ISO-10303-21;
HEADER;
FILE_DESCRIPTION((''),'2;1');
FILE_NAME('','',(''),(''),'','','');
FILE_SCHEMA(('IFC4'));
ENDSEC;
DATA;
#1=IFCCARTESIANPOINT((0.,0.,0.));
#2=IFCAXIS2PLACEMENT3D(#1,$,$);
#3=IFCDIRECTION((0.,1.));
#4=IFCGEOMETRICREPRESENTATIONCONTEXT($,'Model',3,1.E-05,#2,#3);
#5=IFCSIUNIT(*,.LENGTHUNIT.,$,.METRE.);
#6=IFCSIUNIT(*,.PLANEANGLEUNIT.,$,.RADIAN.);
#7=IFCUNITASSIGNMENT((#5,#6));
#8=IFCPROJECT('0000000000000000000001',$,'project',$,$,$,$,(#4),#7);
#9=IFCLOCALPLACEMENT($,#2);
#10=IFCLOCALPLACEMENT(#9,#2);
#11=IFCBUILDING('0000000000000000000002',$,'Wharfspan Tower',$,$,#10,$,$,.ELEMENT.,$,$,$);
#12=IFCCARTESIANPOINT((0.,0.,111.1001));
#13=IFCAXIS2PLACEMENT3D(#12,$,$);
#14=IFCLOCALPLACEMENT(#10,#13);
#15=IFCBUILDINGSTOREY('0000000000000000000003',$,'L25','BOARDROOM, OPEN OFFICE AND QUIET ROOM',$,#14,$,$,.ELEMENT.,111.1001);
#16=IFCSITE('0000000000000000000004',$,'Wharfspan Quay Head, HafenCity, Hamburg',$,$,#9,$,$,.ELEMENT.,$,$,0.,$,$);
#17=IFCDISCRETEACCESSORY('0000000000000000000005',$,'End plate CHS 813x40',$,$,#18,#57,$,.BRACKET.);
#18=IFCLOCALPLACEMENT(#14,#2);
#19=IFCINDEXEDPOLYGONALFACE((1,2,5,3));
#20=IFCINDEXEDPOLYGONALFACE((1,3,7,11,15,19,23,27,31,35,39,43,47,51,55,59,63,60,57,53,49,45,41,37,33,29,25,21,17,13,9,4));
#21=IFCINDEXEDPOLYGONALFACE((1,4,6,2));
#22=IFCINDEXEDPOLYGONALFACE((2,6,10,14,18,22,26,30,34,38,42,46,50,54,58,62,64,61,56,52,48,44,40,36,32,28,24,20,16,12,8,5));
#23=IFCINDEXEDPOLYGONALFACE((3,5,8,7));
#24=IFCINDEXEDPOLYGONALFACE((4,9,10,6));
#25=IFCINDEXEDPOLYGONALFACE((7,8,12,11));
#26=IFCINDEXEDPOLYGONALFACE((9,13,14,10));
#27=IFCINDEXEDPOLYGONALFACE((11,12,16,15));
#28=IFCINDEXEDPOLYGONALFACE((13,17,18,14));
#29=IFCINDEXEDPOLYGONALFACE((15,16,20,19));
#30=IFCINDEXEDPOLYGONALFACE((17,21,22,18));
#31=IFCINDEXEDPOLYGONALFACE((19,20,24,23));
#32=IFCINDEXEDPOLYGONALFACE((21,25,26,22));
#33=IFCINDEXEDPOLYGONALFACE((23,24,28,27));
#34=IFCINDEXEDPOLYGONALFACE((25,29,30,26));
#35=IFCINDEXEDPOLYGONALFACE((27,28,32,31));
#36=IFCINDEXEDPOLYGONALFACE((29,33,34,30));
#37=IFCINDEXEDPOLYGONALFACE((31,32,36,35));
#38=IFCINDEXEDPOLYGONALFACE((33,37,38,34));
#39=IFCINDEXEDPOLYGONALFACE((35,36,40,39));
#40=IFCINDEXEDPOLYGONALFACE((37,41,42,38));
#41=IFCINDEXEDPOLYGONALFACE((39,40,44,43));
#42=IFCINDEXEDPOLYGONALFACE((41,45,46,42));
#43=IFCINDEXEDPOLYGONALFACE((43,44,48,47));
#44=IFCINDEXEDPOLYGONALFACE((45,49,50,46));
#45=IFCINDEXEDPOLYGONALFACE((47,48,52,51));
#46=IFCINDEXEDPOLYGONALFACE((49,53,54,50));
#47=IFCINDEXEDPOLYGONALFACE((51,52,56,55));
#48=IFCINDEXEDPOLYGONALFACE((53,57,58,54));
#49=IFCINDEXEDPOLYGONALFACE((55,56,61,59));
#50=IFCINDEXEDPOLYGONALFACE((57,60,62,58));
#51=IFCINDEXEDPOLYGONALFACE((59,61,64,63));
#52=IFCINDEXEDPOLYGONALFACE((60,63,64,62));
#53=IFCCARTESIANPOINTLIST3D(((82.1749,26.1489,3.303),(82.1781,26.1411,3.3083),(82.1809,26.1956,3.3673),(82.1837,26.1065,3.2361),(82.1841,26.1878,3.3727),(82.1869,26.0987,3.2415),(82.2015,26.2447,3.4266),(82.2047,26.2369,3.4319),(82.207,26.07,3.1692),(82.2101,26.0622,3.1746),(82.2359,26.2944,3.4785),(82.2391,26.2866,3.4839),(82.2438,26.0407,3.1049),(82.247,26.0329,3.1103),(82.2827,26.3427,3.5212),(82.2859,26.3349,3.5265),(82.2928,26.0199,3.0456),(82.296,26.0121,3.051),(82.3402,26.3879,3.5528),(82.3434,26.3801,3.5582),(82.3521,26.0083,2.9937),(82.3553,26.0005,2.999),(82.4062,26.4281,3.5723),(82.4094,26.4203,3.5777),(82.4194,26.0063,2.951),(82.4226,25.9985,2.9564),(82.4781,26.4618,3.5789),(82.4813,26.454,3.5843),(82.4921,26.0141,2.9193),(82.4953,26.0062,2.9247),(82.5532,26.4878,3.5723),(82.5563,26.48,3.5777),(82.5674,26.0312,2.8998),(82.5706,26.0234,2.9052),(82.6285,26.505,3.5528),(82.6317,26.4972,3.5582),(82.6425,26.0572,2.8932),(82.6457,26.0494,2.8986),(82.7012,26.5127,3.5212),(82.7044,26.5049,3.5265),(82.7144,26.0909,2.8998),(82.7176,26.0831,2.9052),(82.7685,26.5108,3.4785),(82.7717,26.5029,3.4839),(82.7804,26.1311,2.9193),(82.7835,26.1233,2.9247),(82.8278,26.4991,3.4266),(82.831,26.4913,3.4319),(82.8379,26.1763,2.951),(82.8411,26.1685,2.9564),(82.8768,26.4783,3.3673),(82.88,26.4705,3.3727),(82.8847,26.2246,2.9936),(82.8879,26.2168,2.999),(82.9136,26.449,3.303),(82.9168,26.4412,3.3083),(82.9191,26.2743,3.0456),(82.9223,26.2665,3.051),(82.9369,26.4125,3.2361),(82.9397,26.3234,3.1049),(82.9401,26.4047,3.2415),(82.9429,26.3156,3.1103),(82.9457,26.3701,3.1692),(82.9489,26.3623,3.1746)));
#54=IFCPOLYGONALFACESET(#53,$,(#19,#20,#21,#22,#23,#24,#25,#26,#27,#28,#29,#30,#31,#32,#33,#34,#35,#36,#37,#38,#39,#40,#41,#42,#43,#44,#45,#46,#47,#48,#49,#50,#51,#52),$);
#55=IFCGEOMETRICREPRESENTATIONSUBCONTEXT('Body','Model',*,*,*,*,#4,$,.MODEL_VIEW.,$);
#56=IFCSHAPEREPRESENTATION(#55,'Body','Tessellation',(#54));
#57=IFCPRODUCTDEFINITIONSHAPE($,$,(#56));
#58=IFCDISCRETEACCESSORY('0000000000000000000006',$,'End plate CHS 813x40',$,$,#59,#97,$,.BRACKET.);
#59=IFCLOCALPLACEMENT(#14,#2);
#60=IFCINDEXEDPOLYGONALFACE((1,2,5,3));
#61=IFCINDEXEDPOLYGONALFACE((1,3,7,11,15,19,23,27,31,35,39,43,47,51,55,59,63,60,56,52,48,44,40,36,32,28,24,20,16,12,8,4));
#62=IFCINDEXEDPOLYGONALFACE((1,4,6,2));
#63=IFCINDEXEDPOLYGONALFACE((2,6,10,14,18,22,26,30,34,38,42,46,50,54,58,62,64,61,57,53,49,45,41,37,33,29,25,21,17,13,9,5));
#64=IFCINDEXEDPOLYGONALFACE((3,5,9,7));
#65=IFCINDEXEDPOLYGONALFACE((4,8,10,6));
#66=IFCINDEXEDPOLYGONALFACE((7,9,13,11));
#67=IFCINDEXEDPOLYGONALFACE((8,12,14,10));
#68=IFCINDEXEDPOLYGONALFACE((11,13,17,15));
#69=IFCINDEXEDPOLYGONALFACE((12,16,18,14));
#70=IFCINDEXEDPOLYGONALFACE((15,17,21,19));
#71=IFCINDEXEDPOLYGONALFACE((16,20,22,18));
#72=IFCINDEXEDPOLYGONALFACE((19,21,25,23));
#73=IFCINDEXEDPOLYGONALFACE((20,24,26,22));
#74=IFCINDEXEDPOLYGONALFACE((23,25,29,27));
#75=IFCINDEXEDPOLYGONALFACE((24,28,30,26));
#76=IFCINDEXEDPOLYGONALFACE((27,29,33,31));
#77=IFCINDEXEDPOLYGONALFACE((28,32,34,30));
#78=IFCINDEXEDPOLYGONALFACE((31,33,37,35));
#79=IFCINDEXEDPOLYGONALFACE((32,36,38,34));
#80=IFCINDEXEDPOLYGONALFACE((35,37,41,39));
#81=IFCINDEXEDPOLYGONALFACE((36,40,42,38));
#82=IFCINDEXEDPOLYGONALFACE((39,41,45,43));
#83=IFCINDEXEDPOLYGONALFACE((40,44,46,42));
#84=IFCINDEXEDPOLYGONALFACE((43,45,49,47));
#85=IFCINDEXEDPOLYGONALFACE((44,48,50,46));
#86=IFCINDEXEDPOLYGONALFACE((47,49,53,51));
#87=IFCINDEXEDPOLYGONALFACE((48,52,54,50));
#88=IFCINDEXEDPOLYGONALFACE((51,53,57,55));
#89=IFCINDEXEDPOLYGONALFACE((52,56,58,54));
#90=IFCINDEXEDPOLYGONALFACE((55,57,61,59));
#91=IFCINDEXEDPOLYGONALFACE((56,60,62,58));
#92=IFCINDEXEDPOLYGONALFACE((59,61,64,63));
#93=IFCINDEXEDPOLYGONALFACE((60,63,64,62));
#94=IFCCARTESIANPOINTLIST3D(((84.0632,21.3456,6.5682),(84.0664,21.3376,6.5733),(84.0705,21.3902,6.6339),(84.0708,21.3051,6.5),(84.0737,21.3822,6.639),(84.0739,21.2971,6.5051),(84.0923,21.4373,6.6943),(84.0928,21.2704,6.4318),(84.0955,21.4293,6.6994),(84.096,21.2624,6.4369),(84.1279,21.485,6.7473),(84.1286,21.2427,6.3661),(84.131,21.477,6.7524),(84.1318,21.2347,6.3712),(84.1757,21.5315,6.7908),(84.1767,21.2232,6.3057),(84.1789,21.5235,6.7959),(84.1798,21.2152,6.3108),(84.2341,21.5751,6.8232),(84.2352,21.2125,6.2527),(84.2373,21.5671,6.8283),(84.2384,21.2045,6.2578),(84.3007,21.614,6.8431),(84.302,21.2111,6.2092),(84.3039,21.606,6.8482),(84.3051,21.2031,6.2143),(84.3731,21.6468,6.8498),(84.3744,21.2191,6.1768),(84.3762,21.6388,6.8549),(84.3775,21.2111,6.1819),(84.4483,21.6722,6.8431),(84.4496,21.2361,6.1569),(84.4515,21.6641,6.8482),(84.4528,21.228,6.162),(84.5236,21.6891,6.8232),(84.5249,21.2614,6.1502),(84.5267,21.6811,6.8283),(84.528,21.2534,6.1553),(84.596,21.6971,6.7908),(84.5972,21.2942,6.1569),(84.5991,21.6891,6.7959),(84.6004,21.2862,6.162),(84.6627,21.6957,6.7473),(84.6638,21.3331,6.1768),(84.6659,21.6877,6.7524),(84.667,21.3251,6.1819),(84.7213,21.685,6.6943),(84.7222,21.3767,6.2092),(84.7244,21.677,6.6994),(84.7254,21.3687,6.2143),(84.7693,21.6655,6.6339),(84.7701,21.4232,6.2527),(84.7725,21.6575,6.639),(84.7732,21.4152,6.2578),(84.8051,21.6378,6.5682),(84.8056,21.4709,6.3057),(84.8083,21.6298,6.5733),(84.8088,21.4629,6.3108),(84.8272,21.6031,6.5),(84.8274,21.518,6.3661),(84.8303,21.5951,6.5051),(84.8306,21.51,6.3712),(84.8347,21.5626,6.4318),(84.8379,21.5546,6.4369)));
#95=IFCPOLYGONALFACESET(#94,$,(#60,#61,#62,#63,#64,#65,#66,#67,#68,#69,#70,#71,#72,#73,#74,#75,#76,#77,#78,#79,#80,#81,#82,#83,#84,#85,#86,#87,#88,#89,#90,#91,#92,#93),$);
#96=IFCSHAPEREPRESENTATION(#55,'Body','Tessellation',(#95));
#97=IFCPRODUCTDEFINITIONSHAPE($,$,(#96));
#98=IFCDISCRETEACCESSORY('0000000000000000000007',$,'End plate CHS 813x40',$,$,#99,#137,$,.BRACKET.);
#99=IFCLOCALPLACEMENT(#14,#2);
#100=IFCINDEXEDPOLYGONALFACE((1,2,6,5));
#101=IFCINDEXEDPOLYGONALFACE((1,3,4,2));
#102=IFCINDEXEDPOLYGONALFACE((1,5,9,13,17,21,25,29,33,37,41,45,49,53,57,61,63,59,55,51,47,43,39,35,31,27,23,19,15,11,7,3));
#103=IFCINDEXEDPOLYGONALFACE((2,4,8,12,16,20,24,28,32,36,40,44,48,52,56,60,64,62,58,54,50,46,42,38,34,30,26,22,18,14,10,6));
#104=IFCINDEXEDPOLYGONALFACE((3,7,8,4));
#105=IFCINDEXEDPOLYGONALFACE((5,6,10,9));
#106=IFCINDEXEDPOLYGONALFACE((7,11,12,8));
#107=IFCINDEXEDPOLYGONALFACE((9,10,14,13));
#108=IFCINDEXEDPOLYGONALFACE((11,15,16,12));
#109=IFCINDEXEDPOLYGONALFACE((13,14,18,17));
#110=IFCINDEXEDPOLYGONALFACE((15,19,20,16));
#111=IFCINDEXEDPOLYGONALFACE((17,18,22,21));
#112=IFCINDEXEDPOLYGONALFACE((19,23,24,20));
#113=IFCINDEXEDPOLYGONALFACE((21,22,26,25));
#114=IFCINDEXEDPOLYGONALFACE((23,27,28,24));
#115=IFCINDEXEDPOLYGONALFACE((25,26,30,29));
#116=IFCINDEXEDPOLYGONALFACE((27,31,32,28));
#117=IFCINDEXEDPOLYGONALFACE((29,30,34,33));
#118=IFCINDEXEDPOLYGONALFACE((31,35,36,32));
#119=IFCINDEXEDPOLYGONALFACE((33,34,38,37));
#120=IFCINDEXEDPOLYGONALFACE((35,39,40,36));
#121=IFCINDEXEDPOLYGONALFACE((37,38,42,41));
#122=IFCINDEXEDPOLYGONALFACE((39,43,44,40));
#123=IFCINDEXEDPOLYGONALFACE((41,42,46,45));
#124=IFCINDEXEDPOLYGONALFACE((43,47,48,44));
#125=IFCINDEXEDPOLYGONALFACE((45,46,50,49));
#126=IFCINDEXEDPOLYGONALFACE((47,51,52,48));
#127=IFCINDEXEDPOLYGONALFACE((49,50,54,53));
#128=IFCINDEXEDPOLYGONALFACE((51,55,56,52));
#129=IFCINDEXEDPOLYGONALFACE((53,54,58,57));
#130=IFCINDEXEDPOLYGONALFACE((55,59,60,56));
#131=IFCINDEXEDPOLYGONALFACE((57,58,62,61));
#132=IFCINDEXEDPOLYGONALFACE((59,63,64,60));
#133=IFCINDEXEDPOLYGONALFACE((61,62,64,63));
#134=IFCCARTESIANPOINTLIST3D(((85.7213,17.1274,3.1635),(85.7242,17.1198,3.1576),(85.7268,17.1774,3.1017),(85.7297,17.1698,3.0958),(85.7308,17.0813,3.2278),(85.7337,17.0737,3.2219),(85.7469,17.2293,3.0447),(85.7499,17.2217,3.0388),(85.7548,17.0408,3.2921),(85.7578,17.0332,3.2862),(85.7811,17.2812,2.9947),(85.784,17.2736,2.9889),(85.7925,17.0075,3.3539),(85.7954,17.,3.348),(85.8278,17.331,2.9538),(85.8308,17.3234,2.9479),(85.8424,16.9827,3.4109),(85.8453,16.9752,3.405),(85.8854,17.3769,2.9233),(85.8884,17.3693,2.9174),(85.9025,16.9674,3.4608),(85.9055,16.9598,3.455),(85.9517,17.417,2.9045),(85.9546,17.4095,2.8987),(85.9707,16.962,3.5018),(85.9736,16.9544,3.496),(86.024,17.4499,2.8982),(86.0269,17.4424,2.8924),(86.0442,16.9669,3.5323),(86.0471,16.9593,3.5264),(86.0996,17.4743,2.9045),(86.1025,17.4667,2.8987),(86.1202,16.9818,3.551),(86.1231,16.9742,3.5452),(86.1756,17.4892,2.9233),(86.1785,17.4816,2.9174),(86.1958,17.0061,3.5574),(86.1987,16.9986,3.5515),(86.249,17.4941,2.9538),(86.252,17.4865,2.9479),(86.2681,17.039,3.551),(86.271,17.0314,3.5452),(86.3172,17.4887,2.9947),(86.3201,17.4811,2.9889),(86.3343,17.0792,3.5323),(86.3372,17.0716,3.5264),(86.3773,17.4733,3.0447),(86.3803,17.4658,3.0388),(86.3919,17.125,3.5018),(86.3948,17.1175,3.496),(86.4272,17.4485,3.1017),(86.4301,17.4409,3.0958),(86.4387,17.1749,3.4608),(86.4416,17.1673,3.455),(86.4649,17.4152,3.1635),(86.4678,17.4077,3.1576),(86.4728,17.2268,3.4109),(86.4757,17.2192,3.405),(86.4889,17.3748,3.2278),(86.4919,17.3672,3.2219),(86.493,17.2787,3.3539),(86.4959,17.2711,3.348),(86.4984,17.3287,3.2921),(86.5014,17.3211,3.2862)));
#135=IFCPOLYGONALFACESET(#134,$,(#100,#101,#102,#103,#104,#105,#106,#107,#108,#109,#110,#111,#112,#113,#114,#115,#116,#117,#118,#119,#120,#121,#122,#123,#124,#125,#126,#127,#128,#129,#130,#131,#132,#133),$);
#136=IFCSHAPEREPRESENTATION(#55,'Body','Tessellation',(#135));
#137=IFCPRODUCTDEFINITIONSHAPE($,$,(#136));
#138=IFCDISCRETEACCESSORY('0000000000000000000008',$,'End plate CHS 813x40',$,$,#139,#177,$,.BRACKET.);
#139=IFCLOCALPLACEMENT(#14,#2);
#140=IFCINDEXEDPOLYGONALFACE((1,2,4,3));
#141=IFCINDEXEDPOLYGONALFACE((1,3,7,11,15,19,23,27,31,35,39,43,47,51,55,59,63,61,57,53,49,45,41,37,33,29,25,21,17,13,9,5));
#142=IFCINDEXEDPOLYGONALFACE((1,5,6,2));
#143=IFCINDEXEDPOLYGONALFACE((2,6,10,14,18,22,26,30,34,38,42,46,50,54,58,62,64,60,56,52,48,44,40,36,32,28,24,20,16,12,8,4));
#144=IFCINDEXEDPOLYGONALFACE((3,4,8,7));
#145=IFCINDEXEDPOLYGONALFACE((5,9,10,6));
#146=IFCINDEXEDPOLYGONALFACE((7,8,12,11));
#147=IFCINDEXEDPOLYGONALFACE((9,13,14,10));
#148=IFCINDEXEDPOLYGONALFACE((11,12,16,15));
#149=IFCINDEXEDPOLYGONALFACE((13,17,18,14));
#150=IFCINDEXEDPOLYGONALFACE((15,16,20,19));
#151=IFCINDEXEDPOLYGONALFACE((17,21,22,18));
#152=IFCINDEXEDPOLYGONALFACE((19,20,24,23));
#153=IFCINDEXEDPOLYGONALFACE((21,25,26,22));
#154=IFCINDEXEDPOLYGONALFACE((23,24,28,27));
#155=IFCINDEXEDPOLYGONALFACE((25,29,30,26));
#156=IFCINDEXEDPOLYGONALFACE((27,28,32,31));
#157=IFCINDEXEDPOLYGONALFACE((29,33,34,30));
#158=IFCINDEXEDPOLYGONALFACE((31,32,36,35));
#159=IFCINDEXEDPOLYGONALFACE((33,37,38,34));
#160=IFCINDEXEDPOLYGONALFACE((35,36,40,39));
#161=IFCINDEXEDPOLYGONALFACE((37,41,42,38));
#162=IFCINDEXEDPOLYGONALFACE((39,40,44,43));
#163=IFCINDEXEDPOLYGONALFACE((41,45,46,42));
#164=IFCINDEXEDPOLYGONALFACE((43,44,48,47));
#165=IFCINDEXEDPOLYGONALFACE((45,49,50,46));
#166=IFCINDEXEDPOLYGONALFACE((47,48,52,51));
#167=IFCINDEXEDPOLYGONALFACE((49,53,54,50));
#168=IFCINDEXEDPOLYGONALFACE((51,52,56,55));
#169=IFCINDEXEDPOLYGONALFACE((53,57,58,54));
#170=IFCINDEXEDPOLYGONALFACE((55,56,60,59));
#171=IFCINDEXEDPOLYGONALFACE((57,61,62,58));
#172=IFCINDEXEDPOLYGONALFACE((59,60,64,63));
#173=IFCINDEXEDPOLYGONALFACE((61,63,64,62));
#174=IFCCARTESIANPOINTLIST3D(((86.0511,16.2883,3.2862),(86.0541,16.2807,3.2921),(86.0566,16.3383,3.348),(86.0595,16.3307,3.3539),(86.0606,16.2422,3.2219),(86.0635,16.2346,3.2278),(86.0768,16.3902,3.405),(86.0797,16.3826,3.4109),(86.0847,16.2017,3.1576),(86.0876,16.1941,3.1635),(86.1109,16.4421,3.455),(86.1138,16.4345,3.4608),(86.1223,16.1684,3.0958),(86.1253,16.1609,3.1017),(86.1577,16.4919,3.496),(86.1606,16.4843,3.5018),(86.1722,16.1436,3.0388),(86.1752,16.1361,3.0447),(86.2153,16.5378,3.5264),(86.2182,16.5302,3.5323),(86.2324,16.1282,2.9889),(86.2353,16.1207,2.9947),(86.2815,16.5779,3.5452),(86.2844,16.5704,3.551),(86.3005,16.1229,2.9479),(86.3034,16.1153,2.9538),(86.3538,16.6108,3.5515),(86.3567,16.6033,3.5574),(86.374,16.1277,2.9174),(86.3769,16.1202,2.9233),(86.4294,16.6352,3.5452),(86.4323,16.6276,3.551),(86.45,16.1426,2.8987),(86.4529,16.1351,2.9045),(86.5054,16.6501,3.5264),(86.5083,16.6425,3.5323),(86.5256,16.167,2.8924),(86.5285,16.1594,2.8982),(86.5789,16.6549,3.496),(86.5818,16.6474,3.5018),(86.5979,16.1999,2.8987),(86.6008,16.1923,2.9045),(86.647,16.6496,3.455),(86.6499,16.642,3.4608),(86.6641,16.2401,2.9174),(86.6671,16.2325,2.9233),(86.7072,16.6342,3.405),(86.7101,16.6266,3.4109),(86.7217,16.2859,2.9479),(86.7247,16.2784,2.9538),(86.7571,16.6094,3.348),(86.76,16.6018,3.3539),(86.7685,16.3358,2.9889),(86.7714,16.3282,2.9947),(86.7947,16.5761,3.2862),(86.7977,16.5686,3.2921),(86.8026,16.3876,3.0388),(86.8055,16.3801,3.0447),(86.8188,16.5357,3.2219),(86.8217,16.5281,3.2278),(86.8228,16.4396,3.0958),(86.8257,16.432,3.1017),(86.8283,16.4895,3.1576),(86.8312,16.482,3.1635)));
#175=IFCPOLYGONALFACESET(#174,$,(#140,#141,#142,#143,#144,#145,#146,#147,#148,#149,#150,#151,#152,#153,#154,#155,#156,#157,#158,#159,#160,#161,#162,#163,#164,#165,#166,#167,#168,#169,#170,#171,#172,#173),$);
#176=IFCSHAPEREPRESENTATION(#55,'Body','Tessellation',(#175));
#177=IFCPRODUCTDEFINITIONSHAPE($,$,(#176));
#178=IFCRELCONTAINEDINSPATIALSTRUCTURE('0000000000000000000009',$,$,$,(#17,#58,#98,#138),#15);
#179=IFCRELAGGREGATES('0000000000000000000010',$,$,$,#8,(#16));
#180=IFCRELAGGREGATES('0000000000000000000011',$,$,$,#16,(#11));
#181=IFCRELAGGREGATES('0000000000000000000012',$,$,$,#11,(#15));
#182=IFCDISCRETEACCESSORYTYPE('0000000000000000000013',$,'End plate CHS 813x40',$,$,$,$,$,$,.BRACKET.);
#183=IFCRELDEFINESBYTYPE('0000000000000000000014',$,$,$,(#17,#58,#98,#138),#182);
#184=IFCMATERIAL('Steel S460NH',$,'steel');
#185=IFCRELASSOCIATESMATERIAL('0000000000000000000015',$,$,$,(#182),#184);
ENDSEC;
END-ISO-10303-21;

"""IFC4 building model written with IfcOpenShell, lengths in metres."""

from ifc_helpers import new_model, si_unit, direction, frame, origin, origin_2d, place, context, subcontext, project, spatial, circle, extrude, material, material_profile, profile_set, type_object, element, save


model = new_model("IFC4")

# Units and contexts
model_context = context("Model", 3, precision=1e-05, world=origin(), true_north=direction((0.0, 1.0)))
body_context = subcontext(model_context, "Body", "Model", "MODEL_VIEW")
ifc_project = project(units=[si_unit("LENGTHUNIT", "METRE"), si_unit("PLANEANGLEUNIT", "RADIAN")], contexts=[model_context])

# Site, building, storey
site_placement = place(None, origin())
site = spatial("IfcSite", under=ifc_project, at=site_placement, Name="Wharfspan Quay Head, HafenCity, Hamburg", CompositionType="ELEMENT", RefElevation=0.0)
building_placement = place(site_placement, origin())
building = spatial("IfcBuilding", under=site, at=building_placement, Name="Wharfspan Tower", CompositionType="ELEMENT")
storey_placement = place(building_placement, frame((0.0, 0.0, 111.1001)))
storey = spatial("IfcBuildingStorey", under=building, at=storey_placement, Name="L25", Description="BOARDROOM, OPEN OFFICE AND QUIET ROOM", CompositionType="ELEMENT", Elevation=111.1001)

# Shared definitions
ifc_material_1 = material(Name="Steel S460NH", Category="steel")

# Discrete accessories
ifc_material_profile_1 = material_profile(ifc_material_1, circle(Radius=0.4065, at=origin_2d()))
ifc_profile_set_1 = profile_set([ifc_material_profile_1], Name="Steel S460NH")
discrete_accessory_type = type_object("IfcDiscreteAccessoryType", Name="End plate CHS 813x40", PredefinedType="BRACKET", material=ifc_profile_set_1)
for number, where, z_axis, x_axis, name in (
    (1, (82.5603, 26.2595, 3.2361), (0.317451, -0.781418, 0.537225), (0.92647, 0.376377, -0.000002), "End plate CHS 813x40"),
    (2, (84.449, 21.4541, 6.5), (0.315389, -0.800603, 0.509475), (0.930404, 0.366524, 0.000002), "End plate CHS 813x40"),
    (3, (86.1128, 17.2205, 3.2219), (-0.292683, 0.756098, 0.585366), (-0.932565, -0.360992, -0.000001), "End plate CHS 813x40"),
    (4, (86.4397, 16.3889, 3.2219), (0.292683, -0.756098, 0.585366), (0.932565, 0.360992, -0.000001), "End plate CHS 813x40"),
):
    element("IfcDiscreteAccessory", number, at=place(storey_placement, frame(where, z_axis=z_axis, x_axis=x_axis)), inside=storey, type_object=discrete_accessory_type, Name=name, PredefinedType="BRACKET", context=body_context, shape_type="SweptSolid", body=[
        extrude(circle(Radius=0.4065, at=origin_2d()), origin(), (0.0, 0.0, 1.0), 0.01),
    ])

save(model, "model.ifc")
